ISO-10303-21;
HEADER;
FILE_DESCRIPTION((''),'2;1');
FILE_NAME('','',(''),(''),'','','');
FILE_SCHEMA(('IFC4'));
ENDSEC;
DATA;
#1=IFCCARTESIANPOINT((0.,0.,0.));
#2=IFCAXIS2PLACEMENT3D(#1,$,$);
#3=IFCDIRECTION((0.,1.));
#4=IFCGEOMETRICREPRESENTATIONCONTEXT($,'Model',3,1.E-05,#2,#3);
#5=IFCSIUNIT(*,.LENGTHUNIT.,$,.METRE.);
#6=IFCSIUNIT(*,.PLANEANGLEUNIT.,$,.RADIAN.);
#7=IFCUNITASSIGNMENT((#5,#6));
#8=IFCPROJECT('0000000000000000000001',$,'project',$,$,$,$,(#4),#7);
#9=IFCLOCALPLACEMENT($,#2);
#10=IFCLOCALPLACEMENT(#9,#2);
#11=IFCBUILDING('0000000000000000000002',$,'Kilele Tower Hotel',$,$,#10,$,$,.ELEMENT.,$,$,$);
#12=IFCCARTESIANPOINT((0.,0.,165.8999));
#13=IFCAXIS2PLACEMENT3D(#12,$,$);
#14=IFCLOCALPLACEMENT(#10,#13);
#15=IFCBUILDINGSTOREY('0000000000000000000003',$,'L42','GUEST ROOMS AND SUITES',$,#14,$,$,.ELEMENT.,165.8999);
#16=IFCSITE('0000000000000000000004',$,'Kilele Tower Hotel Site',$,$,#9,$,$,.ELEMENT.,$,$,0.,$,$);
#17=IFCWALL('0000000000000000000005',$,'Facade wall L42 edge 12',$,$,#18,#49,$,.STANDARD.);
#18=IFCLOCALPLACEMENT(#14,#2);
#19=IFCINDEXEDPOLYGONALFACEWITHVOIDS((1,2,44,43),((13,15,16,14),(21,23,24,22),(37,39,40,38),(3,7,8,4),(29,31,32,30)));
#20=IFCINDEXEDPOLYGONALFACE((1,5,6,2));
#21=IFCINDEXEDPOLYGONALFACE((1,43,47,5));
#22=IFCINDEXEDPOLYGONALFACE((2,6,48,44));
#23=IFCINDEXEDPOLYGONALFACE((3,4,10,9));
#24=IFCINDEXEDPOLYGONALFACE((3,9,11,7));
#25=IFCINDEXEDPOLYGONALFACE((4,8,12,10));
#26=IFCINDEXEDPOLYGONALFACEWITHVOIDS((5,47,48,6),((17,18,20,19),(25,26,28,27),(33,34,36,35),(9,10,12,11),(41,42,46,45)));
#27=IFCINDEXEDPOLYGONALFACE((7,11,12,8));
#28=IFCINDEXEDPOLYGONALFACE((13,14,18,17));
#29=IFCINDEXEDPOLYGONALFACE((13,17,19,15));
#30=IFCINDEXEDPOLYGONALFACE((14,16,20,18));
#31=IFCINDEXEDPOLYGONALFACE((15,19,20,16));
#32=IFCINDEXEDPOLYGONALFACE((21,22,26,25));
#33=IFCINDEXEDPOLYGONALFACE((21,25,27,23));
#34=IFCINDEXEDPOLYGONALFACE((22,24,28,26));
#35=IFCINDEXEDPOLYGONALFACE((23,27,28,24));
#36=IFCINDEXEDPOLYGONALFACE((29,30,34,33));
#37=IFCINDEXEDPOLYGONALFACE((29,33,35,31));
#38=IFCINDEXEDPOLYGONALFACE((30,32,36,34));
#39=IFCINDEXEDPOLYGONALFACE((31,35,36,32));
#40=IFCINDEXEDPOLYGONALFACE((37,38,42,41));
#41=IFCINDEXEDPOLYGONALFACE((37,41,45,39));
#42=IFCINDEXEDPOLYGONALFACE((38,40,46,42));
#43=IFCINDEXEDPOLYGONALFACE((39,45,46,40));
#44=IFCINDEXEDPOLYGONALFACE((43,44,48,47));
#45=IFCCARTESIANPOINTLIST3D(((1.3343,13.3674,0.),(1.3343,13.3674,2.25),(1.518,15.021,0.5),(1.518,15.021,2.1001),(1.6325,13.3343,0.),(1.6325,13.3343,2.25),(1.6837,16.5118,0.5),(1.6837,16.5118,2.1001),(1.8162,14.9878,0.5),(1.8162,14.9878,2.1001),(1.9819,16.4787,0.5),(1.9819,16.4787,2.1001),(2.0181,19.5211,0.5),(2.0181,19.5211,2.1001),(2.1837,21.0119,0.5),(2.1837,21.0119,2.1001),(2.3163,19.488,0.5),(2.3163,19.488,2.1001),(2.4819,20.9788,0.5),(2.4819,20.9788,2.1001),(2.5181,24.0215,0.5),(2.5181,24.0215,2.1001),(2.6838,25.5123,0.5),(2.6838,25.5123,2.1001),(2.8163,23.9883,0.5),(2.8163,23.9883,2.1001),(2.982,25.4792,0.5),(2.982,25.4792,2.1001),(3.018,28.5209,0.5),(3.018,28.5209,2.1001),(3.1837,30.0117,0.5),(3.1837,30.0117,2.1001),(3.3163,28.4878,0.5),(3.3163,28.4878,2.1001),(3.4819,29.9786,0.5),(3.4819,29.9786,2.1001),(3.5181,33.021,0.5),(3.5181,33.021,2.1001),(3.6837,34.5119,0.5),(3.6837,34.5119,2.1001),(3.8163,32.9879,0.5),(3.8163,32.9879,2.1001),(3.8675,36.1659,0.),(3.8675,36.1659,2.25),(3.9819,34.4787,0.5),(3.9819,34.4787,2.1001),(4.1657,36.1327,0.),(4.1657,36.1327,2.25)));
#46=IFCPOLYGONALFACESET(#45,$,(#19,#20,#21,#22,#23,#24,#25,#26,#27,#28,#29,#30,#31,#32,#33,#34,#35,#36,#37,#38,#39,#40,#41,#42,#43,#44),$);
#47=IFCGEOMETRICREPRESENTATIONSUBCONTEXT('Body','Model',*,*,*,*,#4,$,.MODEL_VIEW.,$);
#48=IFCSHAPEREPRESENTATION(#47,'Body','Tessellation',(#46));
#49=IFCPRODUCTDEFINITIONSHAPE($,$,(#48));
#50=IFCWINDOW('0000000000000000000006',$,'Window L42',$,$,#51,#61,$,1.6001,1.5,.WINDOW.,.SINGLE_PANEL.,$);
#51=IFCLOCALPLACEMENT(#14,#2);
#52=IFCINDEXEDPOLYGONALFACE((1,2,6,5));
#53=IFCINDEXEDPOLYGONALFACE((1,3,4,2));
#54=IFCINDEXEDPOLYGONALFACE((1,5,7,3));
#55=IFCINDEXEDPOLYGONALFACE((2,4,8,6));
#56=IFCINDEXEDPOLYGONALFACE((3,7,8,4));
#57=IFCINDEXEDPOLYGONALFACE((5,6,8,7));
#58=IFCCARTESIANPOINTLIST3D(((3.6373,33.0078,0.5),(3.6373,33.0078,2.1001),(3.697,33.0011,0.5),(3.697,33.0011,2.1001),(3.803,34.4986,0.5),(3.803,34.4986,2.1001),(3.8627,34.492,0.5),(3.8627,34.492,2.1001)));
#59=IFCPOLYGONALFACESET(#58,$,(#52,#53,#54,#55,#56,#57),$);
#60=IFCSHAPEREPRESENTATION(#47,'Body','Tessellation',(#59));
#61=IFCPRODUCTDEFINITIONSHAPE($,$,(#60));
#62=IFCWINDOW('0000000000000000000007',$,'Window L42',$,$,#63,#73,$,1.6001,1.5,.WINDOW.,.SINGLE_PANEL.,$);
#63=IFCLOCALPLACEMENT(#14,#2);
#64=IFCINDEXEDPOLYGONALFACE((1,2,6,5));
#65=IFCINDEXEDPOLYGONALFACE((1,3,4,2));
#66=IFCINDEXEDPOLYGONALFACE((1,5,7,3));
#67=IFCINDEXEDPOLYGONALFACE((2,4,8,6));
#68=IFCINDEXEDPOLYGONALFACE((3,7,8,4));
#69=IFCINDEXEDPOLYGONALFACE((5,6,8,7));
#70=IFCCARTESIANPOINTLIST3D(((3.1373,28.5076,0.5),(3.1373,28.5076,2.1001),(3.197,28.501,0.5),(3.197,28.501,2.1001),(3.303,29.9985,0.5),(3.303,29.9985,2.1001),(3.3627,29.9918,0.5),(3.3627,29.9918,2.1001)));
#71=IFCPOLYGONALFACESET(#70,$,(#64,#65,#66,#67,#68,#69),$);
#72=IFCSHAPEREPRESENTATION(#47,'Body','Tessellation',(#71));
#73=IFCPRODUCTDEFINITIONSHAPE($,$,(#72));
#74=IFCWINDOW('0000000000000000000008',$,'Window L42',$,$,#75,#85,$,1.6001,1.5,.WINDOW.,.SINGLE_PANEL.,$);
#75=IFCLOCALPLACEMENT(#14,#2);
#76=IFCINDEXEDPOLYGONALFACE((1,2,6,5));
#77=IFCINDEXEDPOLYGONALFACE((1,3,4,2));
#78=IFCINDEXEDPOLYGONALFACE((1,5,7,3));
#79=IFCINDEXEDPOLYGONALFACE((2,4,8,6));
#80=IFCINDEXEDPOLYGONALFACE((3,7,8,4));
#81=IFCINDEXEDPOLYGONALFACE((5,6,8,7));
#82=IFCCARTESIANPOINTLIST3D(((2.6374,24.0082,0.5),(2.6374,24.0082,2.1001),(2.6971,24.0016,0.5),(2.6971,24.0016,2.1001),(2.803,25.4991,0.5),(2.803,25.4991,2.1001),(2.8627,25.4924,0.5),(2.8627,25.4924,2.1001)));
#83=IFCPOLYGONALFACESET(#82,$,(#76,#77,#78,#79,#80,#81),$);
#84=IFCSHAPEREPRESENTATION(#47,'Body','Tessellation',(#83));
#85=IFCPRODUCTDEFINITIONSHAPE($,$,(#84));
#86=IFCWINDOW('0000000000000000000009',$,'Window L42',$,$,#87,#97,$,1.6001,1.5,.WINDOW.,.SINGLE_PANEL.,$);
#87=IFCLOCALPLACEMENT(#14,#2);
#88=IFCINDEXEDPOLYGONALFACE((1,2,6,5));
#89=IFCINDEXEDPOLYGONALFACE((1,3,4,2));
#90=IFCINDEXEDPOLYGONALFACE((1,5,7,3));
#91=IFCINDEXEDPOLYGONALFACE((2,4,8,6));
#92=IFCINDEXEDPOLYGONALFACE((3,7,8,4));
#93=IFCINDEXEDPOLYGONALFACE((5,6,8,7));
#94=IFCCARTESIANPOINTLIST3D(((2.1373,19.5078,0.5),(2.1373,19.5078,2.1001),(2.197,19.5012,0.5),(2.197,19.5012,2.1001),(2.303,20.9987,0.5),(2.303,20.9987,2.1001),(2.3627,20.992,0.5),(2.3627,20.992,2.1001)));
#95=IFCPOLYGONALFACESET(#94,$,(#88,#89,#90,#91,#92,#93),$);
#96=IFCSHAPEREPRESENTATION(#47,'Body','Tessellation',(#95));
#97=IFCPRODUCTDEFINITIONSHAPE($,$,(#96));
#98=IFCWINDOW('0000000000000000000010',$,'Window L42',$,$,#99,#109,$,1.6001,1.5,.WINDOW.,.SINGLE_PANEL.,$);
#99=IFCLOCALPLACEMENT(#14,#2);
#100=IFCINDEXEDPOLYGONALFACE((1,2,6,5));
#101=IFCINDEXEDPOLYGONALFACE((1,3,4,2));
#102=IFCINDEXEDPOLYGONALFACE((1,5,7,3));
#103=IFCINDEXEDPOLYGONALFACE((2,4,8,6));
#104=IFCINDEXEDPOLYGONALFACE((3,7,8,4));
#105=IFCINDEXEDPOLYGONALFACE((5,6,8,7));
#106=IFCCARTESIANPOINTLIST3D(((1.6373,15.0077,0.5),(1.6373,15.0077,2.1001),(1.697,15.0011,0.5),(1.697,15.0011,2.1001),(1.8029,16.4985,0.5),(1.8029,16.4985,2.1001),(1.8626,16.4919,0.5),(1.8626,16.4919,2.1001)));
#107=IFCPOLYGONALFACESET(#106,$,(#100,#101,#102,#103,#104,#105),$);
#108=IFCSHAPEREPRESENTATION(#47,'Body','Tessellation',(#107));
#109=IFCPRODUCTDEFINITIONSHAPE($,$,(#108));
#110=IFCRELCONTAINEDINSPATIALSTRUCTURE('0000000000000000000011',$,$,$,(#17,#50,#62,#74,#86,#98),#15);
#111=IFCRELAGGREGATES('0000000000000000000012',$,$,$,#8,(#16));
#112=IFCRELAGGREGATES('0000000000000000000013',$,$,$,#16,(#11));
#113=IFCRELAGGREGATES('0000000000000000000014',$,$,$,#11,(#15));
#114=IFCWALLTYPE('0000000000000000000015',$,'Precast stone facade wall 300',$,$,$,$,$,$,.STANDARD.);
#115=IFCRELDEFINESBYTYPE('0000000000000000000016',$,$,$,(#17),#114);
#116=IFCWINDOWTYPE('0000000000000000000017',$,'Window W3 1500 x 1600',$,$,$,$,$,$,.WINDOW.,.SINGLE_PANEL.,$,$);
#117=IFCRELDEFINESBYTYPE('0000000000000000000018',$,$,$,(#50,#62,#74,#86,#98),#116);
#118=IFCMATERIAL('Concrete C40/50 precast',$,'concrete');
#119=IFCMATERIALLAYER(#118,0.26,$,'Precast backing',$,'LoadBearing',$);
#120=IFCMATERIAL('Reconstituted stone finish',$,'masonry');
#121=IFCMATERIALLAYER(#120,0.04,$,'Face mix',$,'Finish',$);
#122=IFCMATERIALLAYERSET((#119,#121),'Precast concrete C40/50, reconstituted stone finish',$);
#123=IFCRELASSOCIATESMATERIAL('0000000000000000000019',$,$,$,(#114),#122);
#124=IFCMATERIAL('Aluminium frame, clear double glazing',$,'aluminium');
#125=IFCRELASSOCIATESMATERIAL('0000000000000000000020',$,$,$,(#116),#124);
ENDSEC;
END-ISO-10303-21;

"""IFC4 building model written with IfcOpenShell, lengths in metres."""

from ifc_helpers import new_model, si_unit, direction, frame, frame_2d, origin, place, context, subcontext, project, spatial, rectangle, extrude, material, layer, layer_set, type_object, element, fill, save


model = new_model("IFC4")

# Units and contexts
model_context = context("Model", 3, precision=1e-05, world=origin(), true_north=direction((0.0, 1.0)))
body_context = subcontext(model_context, "Body", "Model", "MODEL_VIEW")
ifc_project = project(units=[si_unit("LENGTHUNIT", "METRE"), si_unit("PLANEANGLEUNIT", "RADIAN")], contexts=[model_context])

# Site, building, storey
site_placement = place(None, origin())
site = spatial("IfcSite", under=ifc_project, at=site_placement, Name="Kilele Tower Hotel Site", CompositionType="ELEMENT", RefElevation=0.0)
building_placement = place(site_placement, origin())
building = spatial("IfcBuilding", under=site, at=building_placement, Name="Kilele Tower Hotel", CompositionType="ELEMENT")
storey_placement = place(building_placement, frame((0.0, 0.0, 165.8999)))
storey = spatial("IfcBuildingStorey", under=building, at=storey_placement, Name="L42", Description="GUEST ROOMS AND SUITES", CompositionType="ELEMENT", Elevation=165.8999)

# Shared definitions
ifc_material_1 = material(Name="Concrete C40/50 precast", Category="concrete")
ifc_layer_1 = layer(ifc_material_1, 0.26, Name="Precast backing", Category="LoadBearing")
ifc_material_2 = material(Name="Reconstituted stone finish", Category="masonry")
ifc_layer_2 = layer(ifc_material_2, 0.04, Name="Face mix", Category="Finish")
ifc_layer_set_1 = layer_set([ifc_layer_1, ifc_layer_2], Name="Precast concrete C40/50, reconstituted stone finish")
wall_type_1 = type_object("IfcWallType", Name="Precast stone facade wall 300", PredefinedType="STANDARD", material=ifc_layer_set_1)

# Wall, openings, windows
wall_1_placement = place(storey_placement, frame((4.0166, 36.1492, 0.0), z_axis=(0.0, 0.0, 1.0), x_axis=(-0.110434, -0.993883, 0.0)))
wall_1 = element("IfcWall", 1, at=wall_1_placement, inside=storey, type_object=wall_type_1, Name="Facade wall L42 edge 12", PredefinedType="STANDARD", context=body_context, shape_type="SweptSolid", body=[
    extrude(rectangle(XDim=22.9387, YDim=0.3, at=frame_2d((11.4692, 0.0))), origin(), (0.0, 0.0, 1.0), 2.25),
])
opening_1_placement = place(wall_1_placement, frame((1.6641, 0.0, 0.5)))
opening_1 = element("IfcOpeningElement", 2, at=opening_1_placement, cuts=wall_1, PredefinedType="OPENING", context=body_context, shape_type="SweptSolid", body=[
    extrude(rectangle(XDim=1.5, YDim=1.6001, at=frame_2d((0.75, 0.8))), frame((0.0, 0.1599, 0.0), z_axis=(0.0, -1.0, 0.0), x_axis=(1.0, 0.0, 0.0)), (0.0, 0.0, 1.0), 0.3201),
])
opening_2_placement = place(wall_1_placement, frame((6.1919, 0.0, 0.5)))
opening_2 = element("IfcOpeningElement", 3, at=opening_2_placement, cuts=wall_1, PredefinedType="OPENING", context=body_context, shape_type="SweptSolid", body=[
    extrude(rectangle(XDim=1.5, YDim=1.6001, at=frame_2d((0.75, 0.8))), frame((0.0, 0.1599, 0.0), z_axis=(0.0, -1.0, 0.0), x_axis=(1.0, 0.0, 0.0)), (0.0, 0.0, 1.0), 0.3201),
])
opening_3_placement = place(wall_1_placement, frame((10.719, 0.0, 0.5)))
opening_3 = element("IfcOpeningElement", 4, at=opening_3_placement, cuts=wall_1, PredefinedType="OPENING", context=body_context, shape_type="SweptSolid", body=[
    extrude(rectangle(XDim=1.5, YDim=1.6001, at=frame_2d((0.75, 0.8))), frame((0.0, 0.1599, 0.0), z_axis=(0.0, -1.0, 0.0), x_axis=(1.0, 0.0, 0.0)), (0.0, 0.0, 1.0), 0.3201),
])
opening_4_placement = place(wall_1_placement, frame((15.2471, 0.0, 0.5)))
opening_4 = element("IfcOpeningElement", 5, at=opening_4_placement, cuts=wall_1, PredefinedType="OPENING", context=body_context, shape_type="SweptSolid", body=[
    extrude(rectangle(XDim=1.5, YDim=1.6001, at=frame_2d((0.75, 0.8))), frame((0.0, 0.1599, 0.0), z_axis=(0.0, -1.0, 0.0), x_axis=(1.0, 0.0, 0.0)), (0.0, 0.0, 1.0), 0.3201),
])
opening_5_placement = place(wall_1_placement, frame((19.7749, 0.0, 0.5)))
opening_5 = element("IfcOpeningElement", 6, at=opening_5_placement, cuts=wall_1, PredefinedType="OPENING", context=body_context, shape_type="SweptSolid", body=[
    extrude(rectangle(XDim=1.5, YDim=1.6001, at=frame_2d((0.75, 0.8))), frame((0.0, 0.1599, 0.0), z_axis=(0.0, -1.0, 0.0), x_axis=(1.0, 0.0, 0.0)), (0.0, 0.0, 1.0), 0.3201),
])
ifc_material_3 = material(Name="Aluminium frame, clear double glazing", Category="aluminium")
window_type_1 = type_object("IfcWindowType", Name="Window W3 1500 x 1600", PartitioningType="SINGLE_PANEL", PredefinedType="WINDOW", material=ifc_material_3)
window_1_placement = place(opening_1_placement, origin())
window_1 = element("IfcWindow", 7, at=window_1_placement, inside=storey, type_object=window_type_1, Name="Window L42", OverallHeight=1.6001, OverallWidth=1.5, PartitioningType="SINGLE_PANEL", PredefinedType="WINDOW", context=body_context, shape_type="SweptSolid", body=[
    extrude(rectangle(XDim=1.5, YDim=1.6001, at=frame_2d((0.75, 0.8))), frame((0.0, 0.03, 0.0), z_axis=(0.0, -1.0, 0.0), x_axis=(1.0, 0.0, 0.0)), (0.0, 0.0, 1.0), 0.0601),
])
fill(opening_1, window_1)
window_2_placement = place(opening_2_placement, origin())
window_2 = element("IfcWindow", 8, at=window_2_placement, inside=storey, type_object=window_type_1, Name="Window L42", OverallHeight=1.6001, OverallWidth=1.5, PartitioningType="SINGLE_PANEL", PredefinedType="WINDOW", context=body_context, shape_type="SweptSolid", body=[
    extrude(rectangle(XDim=1.5, YDim=1.6001, at=frame_2d((0.75, 0.8))), frame((0.0, 0.03, 0.0), z_axis=(0.0, -1.0, 0.0), x_axis=(1.0, 0.0, 0.0)), (0.0, 0.0, 1.0), 0.0601),
])
fill(opening_2, window_2)
window_3_placement = place(opening_3_placement, origin())
window_3 = element("IfcWindow", 9, at=window_3_placement, inside=storey, type_object=window_type_1, Name="Window L42", OverallHeight=1.6001, OverallWidth=1.5, PartitioningType="SINGLE_PANEL", PredefinedType="WINDOW", context=body_context, shape_type="SweptSolid", body=[
    extrude(rectangle(XDim=1.5, YDim=1.6001, at=frame_2d((0.75, 0.8))), frame((0.0, 0.03, 0.0), z_axis=(0.0, -1.0, 0.0), x_axis=(1.0, 0.0, 0.0)), (0.0, 0.0, 1.0), 0.0601),
])
fill(opening_3, window_3)
window_4_placement = place(opening_4_placement, origin())
window_4 = element("IfcWindow", 10, at=window_4_placement, inside=storey, type_object=window_type_1, Name="Window L42", OverallHeight=1.6001, OverallWidth=1.5, PartitioningType="SINGLE_PANEL", PredefinedType="WINDOW", context=body_context, shape_type="SweptSolid", body=[
    extrude(rectangle(XDim=1.5, YDim=1.6001, at=frame_2d((0.75, 0.8))), frame((0.0, 0.03, 0.0), z_axis=(0.0, -1.0, 0.0), x_axis=(1.0, 0.0, 0.0)), (0.0, 0.0, 1.0), 0.0601),
])
fill(opening_4, window_4)
window_5_placement = place(opening_5_placement, origin())
window_5 = element("IfcWindow", 11, at=window_5_placement, inside=storey, type_object=window_type_1, Name="Window L42", OverallHeight=1.6001, OverallWidth=1.5, PartitioningType="SINGLE_PANEL", PredefinedType="WINDOW", context=body_context, shape_type="SweptSolid", body=[
    extrude(rectangle(XDim=1.5, YDim=1.6001, at=frame_2d((0.75, 0.8))), frame((0.0, 0.03, 0.0), z_axis=(0.0, -1.0, 0.0), x_axis=(1.0, 0.0, 0.0)), (0.0, 0.0, 1.0), 0.0601),
])
fill(opening_5, window_5)

save(model, "model.ifc")
